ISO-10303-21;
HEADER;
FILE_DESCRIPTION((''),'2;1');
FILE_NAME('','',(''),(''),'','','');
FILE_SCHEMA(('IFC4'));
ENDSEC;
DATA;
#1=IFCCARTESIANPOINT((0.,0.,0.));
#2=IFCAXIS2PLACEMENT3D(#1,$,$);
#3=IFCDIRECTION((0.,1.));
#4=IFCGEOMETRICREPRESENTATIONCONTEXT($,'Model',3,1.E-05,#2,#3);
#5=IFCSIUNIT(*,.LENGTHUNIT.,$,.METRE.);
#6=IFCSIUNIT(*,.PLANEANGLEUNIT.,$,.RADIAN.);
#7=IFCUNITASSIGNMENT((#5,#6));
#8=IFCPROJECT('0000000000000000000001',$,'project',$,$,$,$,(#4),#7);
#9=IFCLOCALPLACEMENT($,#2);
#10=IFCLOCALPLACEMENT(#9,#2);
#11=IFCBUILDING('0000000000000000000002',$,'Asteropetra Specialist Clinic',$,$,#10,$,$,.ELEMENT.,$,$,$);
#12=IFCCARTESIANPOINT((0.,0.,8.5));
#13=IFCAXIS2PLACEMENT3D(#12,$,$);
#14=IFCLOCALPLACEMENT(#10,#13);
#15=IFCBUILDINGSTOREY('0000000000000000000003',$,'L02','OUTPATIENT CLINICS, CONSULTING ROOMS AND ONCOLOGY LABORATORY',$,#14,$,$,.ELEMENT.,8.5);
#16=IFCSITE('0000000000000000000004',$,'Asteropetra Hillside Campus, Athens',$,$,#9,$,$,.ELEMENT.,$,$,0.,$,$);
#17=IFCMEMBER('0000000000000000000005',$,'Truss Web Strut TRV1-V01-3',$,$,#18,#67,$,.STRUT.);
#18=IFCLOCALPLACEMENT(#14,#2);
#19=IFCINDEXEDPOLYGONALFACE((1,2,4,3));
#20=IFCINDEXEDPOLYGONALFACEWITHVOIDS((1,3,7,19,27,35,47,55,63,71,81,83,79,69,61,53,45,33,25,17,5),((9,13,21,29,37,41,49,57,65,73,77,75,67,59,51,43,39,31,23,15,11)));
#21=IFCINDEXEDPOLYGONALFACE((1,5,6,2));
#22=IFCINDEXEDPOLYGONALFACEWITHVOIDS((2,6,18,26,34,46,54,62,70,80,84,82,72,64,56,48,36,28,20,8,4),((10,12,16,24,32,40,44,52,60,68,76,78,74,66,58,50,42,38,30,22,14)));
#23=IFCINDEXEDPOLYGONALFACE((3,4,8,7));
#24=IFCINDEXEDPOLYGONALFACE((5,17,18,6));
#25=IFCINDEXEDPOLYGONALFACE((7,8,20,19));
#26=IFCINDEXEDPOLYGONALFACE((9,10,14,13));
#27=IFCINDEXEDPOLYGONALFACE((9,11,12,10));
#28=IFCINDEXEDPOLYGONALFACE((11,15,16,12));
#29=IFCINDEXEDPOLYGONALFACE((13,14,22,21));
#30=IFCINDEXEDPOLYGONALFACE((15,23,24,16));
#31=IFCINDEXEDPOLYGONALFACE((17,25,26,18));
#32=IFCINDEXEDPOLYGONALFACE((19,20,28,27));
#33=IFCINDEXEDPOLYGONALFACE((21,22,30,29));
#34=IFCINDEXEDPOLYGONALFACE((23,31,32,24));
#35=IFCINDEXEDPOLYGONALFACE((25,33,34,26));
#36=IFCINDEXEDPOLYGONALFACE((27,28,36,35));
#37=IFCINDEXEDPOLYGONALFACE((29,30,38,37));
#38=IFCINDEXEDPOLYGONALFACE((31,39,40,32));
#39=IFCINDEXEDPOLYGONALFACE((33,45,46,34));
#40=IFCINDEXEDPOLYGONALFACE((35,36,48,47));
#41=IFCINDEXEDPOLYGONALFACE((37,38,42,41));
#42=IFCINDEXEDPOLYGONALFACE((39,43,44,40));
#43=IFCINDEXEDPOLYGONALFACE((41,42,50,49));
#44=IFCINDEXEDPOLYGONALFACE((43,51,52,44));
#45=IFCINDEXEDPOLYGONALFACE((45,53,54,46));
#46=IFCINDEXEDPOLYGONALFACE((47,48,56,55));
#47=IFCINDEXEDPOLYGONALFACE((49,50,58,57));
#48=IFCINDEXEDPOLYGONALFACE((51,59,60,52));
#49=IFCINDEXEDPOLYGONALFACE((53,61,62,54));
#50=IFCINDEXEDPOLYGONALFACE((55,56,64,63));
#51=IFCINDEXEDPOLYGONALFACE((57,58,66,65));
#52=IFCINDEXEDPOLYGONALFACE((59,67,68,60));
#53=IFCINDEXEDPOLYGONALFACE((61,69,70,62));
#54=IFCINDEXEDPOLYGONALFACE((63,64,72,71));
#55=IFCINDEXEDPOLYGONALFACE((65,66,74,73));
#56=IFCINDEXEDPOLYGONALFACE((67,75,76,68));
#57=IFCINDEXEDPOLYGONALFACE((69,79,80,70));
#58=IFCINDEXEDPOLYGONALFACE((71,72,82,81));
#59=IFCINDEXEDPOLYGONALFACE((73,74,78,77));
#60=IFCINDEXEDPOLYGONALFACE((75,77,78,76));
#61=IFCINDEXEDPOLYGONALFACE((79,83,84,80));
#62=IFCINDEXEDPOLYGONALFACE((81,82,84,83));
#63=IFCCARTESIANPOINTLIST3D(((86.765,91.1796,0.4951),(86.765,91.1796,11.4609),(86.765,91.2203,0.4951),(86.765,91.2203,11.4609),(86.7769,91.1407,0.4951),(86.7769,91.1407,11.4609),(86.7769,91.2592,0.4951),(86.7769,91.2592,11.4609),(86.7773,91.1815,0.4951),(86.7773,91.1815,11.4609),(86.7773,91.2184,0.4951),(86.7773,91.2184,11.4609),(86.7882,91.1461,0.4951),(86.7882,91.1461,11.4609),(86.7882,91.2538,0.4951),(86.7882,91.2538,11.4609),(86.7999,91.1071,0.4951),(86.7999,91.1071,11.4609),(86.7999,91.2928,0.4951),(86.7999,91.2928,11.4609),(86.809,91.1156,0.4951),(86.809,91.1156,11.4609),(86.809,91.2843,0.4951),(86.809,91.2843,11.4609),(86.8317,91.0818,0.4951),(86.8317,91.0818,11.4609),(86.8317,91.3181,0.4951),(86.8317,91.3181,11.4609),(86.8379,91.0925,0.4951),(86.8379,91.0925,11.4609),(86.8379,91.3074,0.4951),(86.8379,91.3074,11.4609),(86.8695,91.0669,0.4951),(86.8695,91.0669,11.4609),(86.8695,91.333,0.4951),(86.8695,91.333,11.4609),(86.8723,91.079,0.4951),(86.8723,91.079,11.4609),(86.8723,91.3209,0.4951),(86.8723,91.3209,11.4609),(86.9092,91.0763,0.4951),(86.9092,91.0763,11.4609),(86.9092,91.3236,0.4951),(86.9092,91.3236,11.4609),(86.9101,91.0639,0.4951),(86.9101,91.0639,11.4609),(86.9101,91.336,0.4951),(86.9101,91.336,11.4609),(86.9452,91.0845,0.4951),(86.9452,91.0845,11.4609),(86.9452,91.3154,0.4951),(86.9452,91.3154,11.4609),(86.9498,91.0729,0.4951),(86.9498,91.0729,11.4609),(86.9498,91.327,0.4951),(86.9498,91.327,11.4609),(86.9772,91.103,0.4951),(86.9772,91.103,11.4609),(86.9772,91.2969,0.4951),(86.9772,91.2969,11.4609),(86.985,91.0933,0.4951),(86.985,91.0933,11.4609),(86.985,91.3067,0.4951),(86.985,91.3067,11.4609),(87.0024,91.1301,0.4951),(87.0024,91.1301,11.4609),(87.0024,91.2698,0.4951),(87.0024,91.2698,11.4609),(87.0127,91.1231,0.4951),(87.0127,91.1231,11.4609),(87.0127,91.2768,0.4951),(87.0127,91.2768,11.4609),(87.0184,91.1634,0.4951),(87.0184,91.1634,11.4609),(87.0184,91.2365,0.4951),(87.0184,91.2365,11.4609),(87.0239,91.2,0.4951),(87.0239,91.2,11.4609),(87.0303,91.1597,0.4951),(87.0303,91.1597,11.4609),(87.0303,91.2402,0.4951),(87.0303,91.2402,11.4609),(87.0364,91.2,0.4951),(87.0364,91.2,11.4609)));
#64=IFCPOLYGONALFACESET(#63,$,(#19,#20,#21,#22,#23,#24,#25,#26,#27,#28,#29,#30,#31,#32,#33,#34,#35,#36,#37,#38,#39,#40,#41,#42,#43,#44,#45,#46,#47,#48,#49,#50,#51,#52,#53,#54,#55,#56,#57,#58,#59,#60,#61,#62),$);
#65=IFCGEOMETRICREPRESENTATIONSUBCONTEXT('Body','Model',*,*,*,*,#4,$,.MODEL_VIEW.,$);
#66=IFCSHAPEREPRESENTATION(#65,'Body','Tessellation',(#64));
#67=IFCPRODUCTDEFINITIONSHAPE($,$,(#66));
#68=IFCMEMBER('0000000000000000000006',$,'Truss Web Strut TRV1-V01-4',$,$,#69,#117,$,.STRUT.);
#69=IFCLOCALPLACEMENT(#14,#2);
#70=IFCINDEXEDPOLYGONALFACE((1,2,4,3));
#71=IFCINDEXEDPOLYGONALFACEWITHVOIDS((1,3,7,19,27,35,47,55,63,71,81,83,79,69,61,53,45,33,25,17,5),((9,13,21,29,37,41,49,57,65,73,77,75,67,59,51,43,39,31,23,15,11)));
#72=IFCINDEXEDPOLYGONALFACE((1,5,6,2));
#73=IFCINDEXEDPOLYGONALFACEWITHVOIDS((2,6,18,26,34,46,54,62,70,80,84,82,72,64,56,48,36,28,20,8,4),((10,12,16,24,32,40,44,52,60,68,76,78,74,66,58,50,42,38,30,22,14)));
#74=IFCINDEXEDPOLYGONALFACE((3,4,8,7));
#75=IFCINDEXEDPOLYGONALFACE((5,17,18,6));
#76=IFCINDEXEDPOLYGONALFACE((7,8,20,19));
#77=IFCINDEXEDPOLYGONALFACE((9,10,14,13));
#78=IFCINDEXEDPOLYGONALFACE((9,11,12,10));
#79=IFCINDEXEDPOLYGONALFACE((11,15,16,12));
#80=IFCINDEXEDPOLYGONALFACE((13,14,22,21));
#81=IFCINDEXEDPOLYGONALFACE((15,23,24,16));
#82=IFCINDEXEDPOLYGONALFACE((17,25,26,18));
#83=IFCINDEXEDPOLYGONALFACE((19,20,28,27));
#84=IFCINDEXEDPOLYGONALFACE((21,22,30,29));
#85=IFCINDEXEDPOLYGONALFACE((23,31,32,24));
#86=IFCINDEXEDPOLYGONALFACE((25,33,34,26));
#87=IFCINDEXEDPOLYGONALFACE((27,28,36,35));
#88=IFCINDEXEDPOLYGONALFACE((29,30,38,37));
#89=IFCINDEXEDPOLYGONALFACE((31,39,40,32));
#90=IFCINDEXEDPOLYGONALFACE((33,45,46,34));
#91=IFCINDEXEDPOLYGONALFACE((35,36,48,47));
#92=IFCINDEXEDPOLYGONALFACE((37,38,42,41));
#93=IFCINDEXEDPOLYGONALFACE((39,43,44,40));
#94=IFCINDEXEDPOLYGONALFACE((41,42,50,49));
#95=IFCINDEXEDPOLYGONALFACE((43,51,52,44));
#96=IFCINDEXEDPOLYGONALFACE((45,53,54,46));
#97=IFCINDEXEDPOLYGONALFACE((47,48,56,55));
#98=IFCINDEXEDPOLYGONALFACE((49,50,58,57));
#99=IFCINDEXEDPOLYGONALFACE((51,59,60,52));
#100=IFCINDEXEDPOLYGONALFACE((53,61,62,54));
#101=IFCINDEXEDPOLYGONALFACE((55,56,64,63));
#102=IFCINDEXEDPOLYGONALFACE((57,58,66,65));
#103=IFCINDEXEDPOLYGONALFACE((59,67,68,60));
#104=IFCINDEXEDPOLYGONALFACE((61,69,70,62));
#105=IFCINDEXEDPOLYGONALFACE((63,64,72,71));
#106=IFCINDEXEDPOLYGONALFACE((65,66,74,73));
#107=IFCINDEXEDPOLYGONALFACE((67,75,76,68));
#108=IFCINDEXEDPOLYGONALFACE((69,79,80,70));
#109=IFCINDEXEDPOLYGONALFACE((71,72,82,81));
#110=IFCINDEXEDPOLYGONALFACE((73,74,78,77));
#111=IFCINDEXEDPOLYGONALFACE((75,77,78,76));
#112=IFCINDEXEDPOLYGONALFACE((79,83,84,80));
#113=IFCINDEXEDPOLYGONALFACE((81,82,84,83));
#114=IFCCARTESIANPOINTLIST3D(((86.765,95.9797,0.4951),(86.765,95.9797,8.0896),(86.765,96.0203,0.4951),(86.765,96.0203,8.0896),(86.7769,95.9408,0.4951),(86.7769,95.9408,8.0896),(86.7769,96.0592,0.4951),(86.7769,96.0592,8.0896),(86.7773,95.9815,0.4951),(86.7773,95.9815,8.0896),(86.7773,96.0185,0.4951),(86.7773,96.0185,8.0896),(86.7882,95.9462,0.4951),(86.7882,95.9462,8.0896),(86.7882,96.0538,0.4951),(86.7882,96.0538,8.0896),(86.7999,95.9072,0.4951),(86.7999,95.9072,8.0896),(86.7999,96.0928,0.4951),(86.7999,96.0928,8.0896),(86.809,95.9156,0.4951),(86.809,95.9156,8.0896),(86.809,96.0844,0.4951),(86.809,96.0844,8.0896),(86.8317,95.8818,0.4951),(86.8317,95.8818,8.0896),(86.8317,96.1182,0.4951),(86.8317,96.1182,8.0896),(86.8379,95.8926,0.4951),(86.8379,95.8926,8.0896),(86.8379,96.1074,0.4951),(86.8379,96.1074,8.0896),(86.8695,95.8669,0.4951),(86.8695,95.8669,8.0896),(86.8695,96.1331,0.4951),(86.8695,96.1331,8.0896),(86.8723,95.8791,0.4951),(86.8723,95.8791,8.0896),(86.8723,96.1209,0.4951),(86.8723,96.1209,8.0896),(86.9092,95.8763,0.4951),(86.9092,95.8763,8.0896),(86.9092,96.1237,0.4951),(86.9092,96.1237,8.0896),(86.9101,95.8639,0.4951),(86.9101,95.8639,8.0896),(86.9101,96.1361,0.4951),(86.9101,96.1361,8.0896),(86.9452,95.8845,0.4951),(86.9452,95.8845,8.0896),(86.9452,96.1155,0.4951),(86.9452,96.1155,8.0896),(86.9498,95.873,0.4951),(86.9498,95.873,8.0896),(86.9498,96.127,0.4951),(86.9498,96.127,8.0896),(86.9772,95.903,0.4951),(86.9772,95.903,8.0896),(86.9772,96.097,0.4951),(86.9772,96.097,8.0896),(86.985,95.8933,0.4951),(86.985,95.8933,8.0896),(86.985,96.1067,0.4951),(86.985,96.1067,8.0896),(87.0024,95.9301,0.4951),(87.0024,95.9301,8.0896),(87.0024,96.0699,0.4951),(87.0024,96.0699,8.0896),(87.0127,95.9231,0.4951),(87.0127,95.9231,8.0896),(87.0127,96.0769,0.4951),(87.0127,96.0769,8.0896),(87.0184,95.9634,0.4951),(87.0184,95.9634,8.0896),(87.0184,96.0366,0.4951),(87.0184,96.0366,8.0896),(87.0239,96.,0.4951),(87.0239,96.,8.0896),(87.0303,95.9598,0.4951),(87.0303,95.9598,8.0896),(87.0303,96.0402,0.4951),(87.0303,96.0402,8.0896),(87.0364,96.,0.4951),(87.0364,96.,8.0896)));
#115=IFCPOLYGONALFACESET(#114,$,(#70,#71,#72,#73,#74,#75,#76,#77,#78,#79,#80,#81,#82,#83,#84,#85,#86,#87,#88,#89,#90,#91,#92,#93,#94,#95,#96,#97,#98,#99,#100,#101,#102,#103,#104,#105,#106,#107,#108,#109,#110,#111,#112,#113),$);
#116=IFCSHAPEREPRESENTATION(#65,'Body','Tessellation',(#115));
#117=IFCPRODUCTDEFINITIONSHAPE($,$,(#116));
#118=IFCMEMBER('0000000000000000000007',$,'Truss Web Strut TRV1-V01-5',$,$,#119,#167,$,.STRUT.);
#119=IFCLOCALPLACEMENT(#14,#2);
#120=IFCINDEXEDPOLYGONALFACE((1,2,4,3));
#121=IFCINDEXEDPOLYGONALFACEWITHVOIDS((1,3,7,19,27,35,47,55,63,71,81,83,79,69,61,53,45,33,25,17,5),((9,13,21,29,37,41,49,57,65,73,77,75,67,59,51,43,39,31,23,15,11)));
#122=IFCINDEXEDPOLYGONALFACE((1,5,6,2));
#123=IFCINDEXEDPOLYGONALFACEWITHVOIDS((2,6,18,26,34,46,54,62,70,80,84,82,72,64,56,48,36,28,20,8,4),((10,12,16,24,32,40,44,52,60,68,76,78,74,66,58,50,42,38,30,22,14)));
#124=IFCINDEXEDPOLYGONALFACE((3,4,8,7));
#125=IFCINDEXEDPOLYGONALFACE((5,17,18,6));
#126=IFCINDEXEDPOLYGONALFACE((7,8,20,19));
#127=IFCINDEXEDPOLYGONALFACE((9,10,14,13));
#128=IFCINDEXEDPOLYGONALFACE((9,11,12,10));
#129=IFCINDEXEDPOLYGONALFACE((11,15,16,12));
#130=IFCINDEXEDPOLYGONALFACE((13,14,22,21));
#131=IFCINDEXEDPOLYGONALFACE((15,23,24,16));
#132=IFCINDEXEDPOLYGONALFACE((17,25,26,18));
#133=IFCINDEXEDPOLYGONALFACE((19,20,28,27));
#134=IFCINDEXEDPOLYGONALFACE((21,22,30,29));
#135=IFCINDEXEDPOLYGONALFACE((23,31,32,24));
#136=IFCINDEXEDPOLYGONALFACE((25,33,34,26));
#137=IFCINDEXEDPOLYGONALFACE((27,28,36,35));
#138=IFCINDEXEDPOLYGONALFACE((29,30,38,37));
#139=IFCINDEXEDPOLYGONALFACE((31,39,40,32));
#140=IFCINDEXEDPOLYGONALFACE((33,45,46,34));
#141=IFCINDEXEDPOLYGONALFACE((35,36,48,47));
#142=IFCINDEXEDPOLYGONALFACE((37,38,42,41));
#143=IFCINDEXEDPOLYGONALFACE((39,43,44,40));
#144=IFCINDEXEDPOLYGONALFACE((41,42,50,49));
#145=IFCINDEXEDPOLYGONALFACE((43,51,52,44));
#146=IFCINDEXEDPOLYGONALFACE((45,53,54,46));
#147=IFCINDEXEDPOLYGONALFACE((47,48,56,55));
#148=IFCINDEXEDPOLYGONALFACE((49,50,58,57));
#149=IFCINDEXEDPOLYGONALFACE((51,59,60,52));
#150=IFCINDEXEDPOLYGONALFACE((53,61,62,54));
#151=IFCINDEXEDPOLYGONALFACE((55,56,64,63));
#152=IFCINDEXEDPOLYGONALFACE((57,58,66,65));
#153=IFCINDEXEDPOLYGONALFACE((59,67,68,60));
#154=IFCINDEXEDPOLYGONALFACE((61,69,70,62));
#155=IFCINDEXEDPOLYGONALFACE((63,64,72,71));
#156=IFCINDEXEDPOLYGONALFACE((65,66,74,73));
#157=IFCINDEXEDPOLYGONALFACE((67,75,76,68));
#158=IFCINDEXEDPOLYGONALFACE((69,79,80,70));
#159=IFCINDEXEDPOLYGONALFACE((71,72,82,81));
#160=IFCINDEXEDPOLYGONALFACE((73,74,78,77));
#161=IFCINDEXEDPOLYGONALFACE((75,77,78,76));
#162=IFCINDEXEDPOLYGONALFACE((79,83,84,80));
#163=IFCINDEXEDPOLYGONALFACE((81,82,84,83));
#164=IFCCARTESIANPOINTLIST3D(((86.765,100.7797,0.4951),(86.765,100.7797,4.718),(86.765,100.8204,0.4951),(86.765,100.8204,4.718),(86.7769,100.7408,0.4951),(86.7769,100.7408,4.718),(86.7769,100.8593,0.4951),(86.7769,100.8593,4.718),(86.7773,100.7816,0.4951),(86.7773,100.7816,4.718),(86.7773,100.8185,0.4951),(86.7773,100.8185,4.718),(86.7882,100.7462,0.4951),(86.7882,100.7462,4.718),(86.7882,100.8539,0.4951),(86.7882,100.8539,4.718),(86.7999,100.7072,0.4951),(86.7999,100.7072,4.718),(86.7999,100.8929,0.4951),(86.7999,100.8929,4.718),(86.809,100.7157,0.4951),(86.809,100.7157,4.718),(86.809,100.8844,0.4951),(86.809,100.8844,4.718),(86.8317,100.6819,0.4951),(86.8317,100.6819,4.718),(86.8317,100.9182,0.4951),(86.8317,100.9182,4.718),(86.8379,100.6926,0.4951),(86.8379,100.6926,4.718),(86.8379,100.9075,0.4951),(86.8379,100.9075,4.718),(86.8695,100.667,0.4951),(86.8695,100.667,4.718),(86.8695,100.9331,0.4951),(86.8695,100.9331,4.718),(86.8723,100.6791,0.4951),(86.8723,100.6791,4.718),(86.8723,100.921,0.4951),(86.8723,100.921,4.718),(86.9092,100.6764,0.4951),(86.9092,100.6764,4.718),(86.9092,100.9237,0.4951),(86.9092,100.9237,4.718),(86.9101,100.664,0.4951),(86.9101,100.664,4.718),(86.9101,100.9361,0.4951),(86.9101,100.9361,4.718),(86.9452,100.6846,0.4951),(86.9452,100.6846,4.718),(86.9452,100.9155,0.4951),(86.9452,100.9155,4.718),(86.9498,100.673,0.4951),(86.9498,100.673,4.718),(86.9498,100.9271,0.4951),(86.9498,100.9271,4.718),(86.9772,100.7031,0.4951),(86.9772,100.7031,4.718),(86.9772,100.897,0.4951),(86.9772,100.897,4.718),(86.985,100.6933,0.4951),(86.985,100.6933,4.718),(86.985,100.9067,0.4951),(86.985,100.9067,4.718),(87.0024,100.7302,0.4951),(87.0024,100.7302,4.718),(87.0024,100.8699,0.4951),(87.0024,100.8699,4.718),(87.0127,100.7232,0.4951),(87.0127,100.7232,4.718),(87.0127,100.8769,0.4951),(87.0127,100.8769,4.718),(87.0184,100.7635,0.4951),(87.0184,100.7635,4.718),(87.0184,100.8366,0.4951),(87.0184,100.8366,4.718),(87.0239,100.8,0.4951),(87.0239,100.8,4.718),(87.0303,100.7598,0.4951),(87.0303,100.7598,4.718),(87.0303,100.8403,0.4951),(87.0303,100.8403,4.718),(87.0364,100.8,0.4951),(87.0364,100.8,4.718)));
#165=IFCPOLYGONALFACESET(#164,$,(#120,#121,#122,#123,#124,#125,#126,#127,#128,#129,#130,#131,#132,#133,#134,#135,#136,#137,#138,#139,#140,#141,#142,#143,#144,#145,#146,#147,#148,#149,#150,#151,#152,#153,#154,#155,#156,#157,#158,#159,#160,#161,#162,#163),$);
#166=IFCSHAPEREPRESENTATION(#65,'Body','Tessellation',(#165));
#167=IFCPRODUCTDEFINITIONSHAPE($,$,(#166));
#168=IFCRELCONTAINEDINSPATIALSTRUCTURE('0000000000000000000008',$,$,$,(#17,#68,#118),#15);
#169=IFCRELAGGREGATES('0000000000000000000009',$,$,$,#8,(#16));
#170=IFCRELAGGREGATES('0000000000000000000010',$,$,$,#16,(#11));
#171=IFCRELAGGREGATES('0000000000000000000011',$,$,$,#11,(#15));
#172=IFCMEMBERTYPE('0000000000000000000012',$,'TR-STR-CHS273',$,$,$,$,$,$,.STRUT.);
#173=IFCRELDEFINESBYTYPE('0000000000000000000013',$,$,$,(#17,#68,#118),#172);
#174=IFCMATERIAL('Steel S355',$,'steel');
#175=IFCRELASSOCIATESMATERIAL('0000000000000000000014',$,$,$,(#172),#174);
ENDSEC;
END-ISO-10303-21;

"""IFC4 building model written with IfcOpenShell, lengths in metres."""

from ifc_helpers import new_model, si_unit, direction, frame, origin, origin_2d, place, context, subcontext, project, spatial, hollow_circle, extrude, material, material_profile, profile_set, type_object, element, save


model = new_model("IFC4")

# Units and contexts
model_context = context("Model", 3, precision=1e-05, world=origin(), true_north=direction((0.0, 1.0)))
body_context = subcontext(model_context, "Body", "Model", "MODEL_VIEW")
ifc_project = project(units=[si_unit("LENGTHUNIT", "METRE"), si_unit("PLANEANGLEUNIT", "RADIAN")], contexts=[model_context])

# Site, building, storey
site_placement = place(None, origin())
site = spatial("IfcSite", under=ifc_project, at=site_placement, Name="Asteropetra Hillside Campus, Athens", CompositionType="ELEMENT", RefElevation=0.0)
building_placement = place(site_placement, origin())
building = spatial("IfcBuilding", under=site, at=building_placement, Name="Asteropetra Specialist Clinic", CompositionType="ELEMENT")
storey_placement = place(building_placement, frame((0.0, 0.0, 8.5)))
storey = spatial("IfcBuildingStorey", under=building, at=storey_placement, Name="L02", Description="OUTPATIENT CLINICS, CONSULTING ROOMS AND ONCOLOGY LABORATORY", CompositionType="ELEMENT", Elevation=8.5)

# Members
ifc_material_1 = material(Name="Steel S355", Category="steel")
ifc_material_profile_1 = material_profile(ifc_material_1, hollow_circle(Radius=0.1365, WallThickness=0.0125, at=origin_2d()), Name="CHS 273.0x12.5")
ifc_profile_set_1 = profile_set([ifc_material_profile_1], Name="Steel S355")
member_type_1 = type_object("IfcMemberType", Name="TR-STR-CHS273", PredefinedType="STRUT", material=ifc_profile_set_1)
member_1_placement = place(storey_placement, frame((86.8999, 91.2, 0.4951), z_axis=(0.0, 0.0, 1.0), x_axis=(1.0, 0.0, 0.0)))
element("IfcMember", 1, at=member_1_placement, inside=storey, type_object=member_type_1, Name="Truss Web Strut TRV1-V01-3", PredefinedType="STRUT", context=body_context, shape_type="SweptSolid", body=[
    extrude(hollow_circle(Radius=0.1365, WallThickness=0.0125, at=origin_2d()), origin(), (0.0, 0.0, 1.0), 10.9658),
])
member_2_placement = place(storey_placement, frame((86.8999, 96.0, 0.4951), z_axis=(0.0, 0.0, 1.0), x_axis=(1.0, 0.0, 0.0)))
element("IfcMember", 2, at=member_2_placement, inside=storey, type_object=member_type_1, Name="Truss Web Strut TRV1-V01-4", PredefinedType="STRUT", context=body_context, shape_type="SweptSolid", body=[
    extrude(hollow_circle(Radius=0.1365, WallThickness=0.0125, at=origin_2d()), origin(), (0.0, 0.0, 1.0), 7.5945),
])
member_3_placement = place(storey_placement, frame((86.8999, 100.8, 0.4951), z_axis=(0.0, 0.0, 1.0), x_axis=(1.0, 0.0, 0.0)))
element("IfcMember", 3, at=member_3_placement, inside=storey, type_object=member_type_1, Name="Truss Web Strut TRV1-V01-5", PredefinedType="STRUT", context=body_context, shape_type="SweptSolid", body=[
    extrude(hollow_circle(Radius=0.1365, WallThickness=0.0125, at=origin_2d()), origin(), (0.0, 0.0, 1.0), 4.2229),
])

save(model, "model.ifc")
